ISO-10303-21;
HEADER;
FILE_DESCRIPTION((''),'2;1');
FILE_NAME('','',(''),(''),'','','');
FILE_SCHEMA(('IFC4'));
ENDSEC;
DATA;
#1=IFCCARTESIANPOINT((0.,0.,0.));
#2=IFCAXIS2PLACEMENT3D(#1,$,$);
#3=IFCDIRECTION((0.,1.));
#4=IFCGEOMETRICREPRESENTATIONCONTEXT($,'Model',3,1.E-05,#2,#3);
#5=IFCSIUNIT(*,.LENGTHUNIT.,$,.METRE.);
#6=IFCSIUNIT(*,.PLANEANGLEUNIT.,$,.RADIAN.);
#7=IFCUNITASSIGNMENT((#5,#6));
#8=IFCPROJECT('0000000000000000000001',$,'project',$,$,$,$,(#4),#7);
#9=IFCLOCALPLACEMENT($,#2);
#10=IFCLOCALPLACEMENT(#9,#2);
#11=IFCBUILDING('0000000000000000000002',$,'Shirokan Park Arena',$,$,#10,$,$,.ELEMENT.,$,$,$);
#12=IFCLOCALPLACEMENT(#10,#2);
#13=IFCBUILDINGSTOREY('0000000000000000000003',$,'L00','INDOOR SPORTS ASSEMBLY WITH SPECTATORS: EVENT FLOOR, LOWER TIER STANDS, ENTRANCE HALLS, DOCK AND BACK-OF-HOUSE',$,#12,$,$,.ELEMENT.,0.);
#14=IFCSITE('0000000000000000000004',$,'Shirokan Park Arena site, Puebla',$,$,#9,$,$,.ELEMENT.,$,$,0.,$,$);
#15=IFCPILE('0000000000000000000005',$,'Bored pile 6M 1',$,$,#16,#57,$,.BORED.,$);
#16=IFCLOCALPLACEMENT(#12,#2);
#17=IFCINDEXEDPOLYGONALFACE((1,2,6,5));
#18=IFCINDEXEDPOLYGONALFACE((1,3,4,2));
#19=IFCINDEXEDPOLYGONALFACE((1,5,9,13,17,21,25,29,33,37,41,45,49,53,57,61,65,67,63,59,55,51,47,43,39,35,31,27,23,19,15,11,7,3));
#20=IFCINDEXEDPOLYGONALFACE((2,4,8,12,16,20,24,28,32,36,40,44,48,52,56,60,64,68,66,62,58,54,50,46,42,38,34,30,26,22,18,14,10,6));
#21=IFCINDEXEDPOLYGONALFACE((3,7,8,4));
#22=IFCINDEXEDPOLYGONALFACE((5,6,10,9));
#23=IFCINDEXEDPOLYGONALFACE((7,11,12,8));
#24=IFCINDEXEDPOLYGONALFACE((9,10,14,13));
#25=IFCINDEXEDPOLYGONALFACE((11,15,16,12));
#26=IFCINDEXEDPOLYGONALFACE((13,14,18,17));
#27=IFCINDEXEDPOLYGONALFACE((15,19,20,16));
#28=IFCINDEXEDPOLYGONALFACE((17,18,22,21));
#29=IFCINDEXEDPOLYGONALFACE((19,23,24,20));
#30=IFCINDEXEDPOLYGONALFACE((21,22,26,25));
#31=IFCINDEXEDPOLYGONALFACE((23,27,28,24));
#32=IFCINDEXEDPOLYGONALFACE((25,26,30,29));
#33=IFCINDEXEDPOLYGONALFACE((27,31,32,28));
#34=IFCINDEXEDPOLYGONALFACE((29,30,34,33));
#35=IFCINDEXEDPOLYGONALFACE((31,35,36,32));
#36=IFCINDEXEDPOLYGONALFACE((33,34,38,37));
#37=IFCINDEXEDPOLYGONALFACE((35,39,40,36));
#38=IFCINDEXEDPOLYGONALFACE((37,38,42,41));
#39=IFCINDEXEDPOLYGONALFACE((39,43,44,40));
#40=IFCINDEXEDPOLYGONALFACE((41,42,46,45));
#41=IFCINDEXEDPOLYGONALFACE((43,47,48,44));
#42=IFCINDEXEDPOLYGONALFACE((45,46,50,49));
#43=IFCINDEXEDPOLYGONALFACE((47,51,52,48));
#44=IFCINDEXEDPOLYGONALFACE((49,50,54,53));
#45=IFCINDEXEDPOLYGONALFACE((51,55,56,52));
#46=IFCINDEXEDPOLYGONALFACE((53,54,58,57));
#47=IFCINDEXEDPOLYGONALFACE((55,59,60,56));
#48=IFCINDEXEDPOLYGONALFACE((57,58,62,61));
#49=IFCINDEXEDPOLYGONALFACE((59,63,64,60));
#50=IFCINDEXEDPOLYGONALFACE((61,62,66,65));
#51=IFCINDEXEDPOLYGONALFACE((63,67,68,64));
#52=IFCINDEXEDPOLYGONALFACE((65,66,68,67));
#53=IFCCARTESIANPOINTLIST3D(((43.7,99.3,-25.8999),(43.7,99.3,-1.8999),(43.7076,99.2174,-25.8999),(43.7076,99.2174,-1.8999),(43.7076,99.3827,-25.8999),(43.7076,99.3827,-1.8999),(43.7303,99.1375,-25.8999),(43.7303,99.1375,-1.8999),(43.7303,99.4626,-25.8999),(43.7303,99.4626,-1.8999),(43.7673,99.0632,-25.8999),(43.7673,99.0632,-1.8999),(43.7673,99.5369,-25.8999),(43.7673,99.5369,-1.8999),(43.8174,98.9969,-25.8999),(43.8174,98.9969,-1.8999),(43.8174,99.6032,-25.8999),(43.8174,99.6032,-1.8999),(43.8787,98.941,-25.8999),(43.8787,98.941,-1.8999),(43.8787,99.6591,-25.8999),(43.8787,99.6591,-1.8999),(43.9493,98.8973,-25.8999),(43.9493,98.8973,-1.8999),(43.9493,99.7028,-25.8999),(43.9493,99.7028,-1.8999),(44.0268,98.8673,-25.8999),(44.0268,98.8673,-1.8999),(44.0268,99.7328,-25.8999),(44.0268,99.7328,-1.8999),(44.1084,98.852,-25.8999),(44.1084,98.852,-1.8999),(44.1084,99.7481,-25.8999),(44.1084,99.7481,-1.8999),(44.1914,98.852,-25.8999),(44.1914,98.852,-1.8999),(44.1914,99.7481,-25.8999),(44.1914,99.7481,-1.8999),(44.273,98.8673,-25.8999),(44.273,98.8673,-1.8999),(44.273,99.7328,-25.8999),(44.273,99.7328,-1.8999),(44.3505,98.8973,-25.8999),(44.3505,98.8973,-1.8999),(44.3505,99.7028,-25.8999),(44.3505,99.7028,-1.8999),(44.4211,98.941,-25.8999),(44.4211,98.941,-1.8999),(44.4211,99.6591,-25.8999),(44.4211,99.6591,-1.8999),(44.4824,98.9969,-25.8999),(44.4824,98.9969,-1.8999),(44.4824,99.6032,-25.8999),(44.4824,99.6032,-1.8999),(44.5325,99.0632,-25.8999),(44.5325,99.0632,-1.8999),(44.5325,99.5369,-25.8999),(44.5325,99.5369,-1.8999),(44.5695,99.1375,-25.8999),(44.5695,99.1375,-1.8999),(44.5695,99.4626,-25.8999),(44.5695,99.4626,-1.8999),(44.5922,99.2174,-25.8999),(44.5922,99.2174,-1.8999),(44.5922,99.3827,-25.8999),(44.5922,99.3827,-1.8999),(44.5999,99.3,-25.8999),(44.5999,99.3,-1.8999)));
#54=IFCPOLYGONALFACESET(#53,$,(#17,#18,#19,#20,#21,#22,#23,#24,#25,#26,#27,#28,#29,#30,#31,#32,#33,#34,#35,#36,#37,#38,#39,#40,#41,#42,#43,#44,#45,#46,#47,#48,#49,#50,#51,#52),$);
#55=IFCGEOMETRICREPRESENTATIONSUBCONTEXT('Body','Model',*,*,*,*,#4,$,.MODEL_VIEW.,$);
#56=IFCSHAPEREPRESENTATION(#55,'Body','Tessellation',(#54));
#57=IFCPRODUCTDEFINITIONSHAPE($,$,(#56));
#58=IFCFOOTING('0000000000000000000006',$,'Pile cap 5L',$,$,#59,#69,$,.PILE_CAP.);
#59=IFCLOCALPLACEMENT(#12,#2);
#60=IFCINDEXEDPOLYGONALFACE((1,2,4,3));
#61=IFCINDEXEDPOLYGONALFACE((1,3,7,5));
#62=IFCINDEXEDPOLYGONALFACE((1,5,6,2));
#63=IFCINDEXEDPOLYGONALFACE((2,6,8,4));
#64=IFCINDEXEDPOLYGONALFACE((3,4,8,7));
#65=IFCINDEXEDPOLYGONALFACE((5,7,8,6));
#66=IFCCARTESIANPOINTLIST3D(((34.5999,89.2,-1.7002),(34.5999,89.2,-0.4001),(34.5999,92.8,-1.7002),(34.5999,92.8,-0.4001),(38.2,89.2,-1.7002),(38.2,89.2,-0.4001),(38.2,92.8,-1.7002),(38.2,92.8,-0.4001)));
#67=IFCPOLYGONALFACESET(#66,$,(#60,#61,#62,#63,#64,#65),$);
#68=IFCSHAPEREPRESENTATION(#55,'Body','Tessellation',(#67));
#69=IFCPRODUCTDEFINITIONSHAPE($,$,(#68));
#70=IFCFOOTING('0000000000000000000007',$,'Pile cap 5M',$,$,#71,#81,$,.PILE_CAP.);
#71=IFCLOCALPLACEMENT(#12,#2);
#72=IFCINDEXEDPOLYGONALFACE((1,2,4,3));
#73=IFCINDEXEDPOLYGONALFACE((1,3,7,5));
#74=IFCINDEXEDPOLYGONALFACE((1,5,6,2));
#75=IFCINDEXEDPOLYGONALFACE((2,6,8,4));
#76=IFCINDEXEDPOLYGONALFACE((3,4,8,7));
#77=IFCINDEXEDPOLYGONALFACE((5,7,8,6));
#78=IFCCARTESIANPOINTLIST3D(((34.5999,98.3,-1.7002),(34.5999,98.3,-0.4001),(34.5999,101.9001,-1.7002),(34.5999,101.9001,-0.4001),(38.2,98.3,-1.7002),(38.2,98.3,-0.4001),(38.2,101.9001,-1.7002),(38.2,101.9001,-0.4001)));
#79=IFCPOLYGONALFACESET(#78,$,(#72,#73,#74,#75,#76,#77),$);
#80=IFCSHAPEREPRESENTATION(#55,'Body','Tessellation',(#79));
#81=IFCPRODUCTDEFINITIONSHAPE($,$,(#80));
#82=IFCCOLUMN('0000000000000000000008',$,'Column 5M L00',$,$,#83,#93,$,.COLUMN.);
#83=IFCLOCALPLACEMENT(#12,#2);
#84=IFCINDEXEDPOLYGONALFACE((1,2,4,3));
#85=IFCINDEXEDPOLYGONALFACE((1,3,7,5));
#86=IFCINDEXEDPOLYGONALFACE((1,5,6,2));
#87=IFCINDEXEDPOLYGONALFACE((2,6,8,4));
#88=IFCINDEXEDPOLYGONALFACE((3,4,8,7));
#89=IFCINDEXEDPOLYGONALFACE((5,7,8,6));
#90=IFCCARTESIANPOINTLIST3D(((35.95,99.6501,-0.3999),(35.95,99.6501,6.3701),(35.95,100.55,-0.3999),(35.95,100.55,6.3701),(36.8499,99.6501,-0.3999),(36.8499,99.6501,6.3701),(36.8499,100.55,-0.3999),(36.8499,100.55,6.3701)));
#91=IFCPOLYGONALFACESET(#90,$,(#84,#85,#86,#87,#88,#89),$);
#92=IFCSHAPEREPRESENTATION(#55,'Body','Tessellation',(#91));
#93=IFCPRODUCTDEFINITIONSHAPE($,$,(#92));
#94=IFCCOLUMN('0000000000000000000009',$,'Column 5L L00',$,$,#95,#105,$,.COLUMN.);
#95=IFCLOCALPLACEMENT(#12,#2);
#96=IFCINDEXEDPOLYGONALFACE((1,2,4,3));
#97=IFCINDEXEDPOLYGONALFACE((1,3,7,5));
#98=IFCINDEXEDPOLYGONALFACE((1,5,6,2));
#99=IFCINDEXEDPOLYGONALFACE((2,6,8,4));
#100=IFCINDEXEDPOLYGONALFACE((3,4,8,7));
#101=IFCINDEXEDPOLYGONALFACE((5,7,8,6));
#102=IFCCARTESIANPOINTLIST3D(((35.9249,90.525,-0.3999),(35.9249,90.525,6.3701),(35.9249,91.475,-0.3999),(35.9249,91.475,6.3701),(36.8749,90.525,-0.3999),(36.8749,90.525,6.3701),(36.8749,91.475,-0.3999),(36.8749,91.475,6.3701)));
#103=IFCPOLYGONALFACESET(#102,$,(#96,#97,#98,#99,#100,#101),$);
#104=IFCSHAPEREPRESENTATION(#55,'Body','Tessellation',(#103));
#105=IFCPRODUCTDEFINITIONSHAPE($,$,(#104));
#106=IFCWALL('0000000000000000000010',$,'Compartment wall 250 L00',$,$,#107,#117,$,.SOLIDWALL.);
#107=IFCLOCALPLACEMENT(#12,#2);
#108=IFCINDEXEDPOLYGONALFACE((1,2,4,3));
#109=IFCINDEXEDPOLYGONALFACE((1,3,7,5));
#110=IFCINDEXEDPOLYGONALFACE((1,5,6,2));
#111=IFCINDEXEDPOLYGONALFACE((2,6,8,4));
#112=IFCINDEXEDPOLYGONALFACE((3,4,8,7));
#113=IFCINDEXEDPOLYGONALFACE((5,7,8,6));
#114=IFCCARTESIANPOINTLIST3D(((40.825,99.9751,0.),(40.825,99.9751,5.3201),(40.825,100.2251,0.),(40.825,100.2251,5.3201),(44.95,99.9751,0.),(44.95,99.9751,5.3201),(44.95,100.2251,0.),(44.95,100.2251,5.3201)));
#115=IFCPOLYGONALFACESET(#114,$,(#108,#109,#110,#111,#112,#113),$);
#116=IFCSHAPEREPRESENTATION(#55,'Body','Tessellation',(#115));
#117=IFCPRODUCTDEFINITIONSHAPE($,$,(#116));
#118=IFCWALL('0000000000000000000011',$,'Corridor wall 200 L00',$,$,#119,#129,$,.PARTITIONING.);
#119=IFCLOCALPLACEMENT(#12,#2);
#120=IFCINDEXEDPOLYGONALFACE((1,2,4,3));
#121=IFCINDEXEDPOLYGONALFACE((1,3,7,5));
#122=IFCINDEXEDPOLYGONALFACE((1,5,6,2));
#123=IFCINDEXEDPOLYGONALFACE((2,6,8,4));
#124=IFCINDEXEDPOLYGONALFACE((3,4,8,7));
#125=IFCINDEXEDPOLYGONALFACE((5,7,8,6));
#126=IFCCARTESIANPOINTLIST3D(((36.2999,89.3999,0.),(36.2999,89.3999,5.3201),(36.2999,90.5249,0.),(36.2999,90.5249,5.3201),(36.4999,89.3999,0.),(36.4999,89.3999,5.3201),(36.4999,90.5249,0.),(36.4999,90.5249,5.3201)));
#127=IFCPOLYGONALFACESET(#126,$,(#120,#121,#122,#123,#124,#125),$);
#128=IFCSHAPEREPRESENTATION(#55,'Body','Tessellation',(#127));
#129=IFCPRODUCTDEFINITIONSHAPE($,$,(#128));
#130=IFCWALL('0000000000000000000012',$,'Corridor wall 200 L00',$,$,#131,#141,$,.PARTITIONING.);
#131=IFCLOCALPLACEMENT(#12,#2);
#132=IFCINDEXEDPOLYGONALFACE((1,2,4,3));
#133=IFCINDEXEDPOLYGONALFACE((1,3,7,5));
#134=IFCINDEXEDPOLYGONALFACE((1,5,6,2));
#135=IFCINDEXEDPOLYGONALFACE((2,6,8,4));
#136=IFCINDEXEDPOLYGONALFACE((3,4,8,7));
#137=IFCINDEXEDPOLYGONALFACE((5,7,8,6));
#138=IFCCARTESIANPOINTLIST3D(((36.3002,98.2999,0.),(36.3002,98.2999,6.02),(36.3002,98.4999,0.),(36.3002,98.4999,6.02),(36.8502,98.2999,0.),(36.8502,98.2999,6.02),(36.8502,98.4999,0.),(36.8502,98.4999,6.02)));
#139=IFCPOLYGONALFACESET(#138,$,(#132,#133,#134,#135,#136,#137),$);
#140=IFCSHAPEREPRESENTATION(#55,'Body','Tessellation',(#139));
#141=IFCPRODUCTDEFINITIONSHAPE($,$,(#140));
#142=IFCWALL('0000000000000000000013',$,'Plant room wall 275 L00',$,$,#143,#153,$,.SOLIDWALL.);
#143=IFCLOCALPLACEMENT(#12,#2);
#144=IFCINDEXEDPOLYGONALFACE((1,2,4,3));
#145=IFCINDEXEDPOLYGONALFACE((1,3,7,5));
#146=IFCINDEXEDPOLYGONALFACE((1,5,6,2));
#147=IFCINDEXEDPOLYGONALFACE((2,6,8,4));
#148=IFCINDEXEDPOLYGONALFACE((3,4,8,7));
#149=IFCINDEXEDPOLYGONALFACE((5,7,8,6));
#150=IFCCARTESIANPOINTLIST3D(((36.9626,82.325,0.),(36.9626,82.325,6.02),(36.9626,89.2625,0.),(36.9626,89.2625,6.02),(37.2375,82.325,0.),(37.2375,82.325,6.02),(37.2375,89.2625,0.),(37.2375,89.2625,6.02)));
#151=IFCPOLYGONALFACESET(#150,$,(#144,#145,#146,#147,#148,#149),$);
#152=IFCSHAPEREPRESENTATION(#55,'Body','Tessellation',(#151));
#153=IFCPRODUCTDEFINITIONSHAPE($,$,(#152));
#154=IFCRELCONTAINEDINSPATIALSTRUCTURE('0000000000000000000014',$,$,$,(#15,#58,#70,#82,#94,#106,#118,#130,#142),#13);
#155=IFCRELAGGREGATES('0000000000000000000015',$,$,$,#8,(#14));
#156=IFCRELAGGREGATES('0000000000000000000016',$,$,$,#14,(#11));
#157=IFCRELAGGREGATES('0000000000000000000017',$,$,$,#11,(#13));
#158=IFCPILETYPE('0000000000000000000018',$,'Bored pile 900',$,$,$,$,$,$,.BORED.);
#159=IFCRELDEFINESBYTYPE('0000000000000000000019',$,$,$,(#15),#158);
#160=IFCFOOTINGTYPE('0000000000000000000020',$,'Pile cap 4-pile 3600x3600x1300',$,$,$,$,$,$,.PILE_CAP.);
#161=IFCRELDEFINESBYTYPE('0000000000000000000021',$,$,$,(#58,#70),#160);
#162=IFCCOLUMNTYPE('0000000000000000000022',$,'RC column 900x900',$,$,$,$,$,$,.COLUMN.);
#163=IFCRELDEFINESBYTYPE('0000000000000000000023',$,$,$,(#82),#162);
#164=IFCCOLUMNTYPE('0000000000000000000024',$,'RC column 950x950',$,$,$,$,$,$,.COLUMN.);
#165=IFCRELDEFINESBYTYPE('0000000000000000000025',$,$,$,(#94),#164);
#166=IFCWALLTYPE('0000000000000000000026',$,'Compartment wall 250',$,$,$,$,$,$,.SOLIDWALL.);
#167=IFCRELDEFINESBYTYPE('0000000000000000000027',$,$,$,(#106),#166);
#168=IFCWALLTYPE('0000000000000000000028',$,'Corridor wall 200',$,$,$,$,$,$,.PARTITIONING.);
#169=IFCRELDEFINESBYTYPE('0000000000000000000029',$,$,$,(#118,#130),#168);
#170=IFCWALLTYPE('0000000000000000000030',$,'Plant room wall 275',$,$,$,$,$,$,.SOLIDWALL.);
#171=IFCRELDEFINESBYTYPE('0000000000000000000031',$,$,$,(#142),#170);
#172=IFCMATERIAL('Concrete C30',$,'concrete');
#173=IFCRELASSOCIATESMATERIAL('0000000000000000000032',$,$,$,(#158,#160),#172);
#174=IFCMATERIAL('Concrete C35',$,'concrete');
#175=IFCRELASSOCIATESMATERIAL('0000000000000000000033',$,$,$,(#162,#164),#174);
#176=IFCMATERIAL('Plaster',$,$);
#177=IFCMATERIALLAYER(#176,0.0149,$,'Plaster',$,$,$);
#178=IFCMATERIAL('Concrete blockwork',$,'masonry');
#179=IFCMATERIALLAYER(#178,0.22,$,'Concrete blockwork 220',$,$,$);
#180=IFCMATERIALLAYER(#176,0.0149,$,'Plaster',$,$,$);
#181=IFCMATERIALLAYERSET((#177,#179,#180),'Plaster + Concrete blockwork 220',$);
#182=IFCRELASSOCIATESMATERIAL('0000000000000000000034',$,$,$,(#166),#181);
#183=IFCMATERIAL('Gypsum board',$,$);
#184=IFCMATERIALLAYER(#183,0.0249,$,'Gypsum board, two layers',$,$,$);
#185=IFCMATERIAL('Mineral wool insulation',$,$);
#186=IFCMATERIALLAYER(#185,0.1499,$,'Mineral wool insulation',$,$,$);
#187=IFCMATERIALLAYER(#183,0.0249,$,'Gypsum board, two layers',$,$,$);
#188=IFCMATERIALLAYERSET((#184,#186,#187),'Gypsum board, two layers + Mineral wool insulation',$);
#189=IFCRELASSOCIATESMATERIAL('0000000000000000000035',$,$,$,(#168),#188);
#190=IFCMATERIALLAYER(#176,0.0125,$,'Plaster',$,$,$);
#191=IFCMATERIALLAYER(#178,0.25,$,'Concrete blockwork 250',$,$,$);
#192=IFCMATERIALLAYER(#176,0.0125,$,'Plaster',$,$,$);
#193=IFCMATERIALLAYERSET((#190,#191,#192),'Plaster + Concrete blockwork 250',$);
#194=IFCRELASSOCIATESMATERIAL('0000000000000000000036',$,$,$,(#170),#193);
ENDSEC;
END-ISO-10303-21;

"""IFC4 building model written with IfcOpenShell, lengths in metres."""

from ifc_helpers import new_model, si_unit, direction, frame, frame_2d, origin, origin_2d, place, context, subcontext, project, spatial, rectangle, circle, extrude, material, layer, layer_set, material_profile, profile_set, type_object, element, save


model = new_model("IFC4")

# Units and contexts
model_context = context("Model", 3, precision=1e-05, world=origin(), true_north=direction((0.0, 1.0)))
body_context = subcontext(model_context, "Body", "Model", "MODEL_VIEW")
ifc_project = project(units=[si_unit("LENGTHUNIT", "METRE"), si_unit("PLANEANGLEUNIT", "RADIAN")], contexts=[model_context])

# Site, building, storey
site_placement = place(None, origin())
site = spatial("IfcSite", under=ifc_project, at=site_placement, Name="Shirokan Park Arena site, Puebla", CompositionType="ELEMENT", RefElevation=0.0)
building_placement = place(site_placement, origin())
building = spatial("IfcBuilding", under=site, at=building_placement, Name="Shirokan Park Arena", CompositionType="ELEMENT")
storey_placement = place(building_placement, origin())
storey = spatial("IfcBuildingStorey", under=building, at=storey_placement, Name="L00", Description="INDOOR SPORTS ASSEMBLY WITH SPECTATORS: EVENT FLOOR, LOWER TIER STANDS, ENTRANCE HALLS, DOCK AND BACK-OF-HOUSE", CompositionType="ELEMENT", Elevation=0.0)

# Pile
ifc_material_1 = material(Name="Concrete C30", Category="concrete")
ifc_material_profile_1 = material_profile(ifc_material_1, circle(Radius=0.45, at=origin_2d()), Name="D900")
ifc_profile_set_1 = profile_set([ifc_material_profile_1], Name="Concrete C30")
pile_type_1 = type_object("IfcPileType", Name="Bored pile 900", PredefinedType="BORED", material=ifc_profile_set_1)
pile_placement = place(storey_placement, frame((44.1499, 99.3, -1.8999), z_axis=(0.0, 0.0, -1.0), x_axis=(1.0, 0.0, 0.0)))
element("IfcPile", 1, at=pile_placement, inside=storey, type_object=pile_type_1, Name="Bored pile 6M 1", PredefinedType="BORED", context=body_context, shape_type="SweptSolid", body=[
    extrude(circle(Radius=0.45, at=origin_2d()), origin(), (0.0, 0.0, 1.0), 24.0),
])

# Footings
footing_type = type_object("IfcFootingType", Name="Pile cap 4-pile 3600x3600x1300", PredefinedType="PILE_CAP", material=ifc_material_1)
for number, where, z_axis, x_axis, name in (
    (2, (36.3999, 91.0, -1.7002), (0.0, 0.0, 1.0), (1.0, 0.0, 0.0), "Pile cap 5L"),
    (3, (36.3999, 100.1001, -1.7002), (0.0, 0.0, 1.0), (1.0, 0.0, 0.0), "Pile cap 5M"),
):
    element("IfcFooting", number, at=place(storey_placement, frame(where, z_axis=z_axis, x_axis=x_axis)), inside=storey, type_object=footing_type, Name=name, PredefinedType="PILE_CAP", context=body_context, shape_type="SweptSolid", body=[
        extrude(rectangle(XDim=3.6001, YDim=3.6001, at=origin_2d()), origin(), (0.0, 0.0, 1.0), 1.3),
    ])

# Columns
ifc_material_2 = material(Name="Concrete C35", Category="concrete")
ifc_material_profile_2 = material_profile(ifc_material_2, rectangle(XDim=0.8999, YDim=0.8999, at=origin_2d()), Name="900x900")
ifc_profile_set_2 = profile_set([ifc_material_profile_2], Name="Concrete C35")
column_type_1 = type_object("IfcColumnType", Name="RC column 900x900", PredefinedType="COLUMN", material=ifc_profile_set_2)
column_1_placement = place(storey_placement, frame((36.3999, 100.1001, -0.3999), z_axis=(0.0, 0.0, 1.0), x_axis=(1.0, 0.0, 0.0)))
element("IfcColumn", 4, at=column_1_placement, inside=storey, type_object=column_type_1, Name="Column 5M L00", PredefinedType="COLUMN", context=body_context, shape_type="SweptSolid", body=[
    extrude(rectangle(XDim=0.8999, YDim=0.8999, at=origin_2d()), origin(), (0.0, 0.0, 1.0), 6.77),
])
ifc_material_profile_3 = material_profile(ifc_material_2, rectangle(XDim=0.95, YDim=0.95, at=origin_2d()), Name="950x950")
ifc_profile_set_3 = profile_set([ifc_material_profile_3], Name="Concrete C35")
column_type_2 = type_object("IfcColumnType", Name="RC column 950x950", PredefinedType="COLUMN", material=ifc_profile_set_3)
column_2_placement = place(storey_placement, frame((36.3999, 91.0, -0.3999), z_axis=(0.0, 0.0, 1.0), x_axis=(1.0, 0.0, 0.0)))
element("IfcColumn", 5, at=column_2_placement, inside=storey, type_object=column_type_2, Name="Column 5L L00", PredefinedType="COLUMN", context=body_context, shape_type="SweptSolid", body=[
    extrude(rectangle(XDim=0.95, YDim=0.95, at=origin_2d()), origin(), (0.0, 0.0, 1.0), 6.77),
])

# Wall
ifc_material_3 = material(Name="Plaster")
ifc_layer_1 = layer(ifc_material_3, 0.0149, Name="Plaster")
ifc_material_4 = material(Name="Concrete blockwork", Category="masonry")
ifc_layer_2 = layer(ifc_material_4, 0.22, Name="Concrete blockwork 220")
ifc_layer_3 = layer(ifc_material_3, 0.0149, Name="Plaster")
ifc_layer_set_1 = layer_set([ifc_layer_1, ifc_layer_2, ifc_layer_3], Name="Plaster + Concrete blockwork 220")
wall_type_1 = type_object("IfcWallType", Name="Compartment wall 250", PredefinedType="SOLIDWALL", material=ifc_layer_set_1)
wall_1_placement = place(storey_placement, frame((40.825, 100.1001, 0.0), z_axis=(0.0, 0.0, 1.0), x_axis=(1.0, 0.0, 0.0)))
element("IfcWall", 6, at=wall_1_placement, inside=storey, type_object=wall_type_1, Name="Compartment wall 250 L00", PredefinedType="SOLIDWALL", context=body_context, shape_type="SweptSolid", body=[
    extrude(rectangle(XDim=4.125, YDim=0.25, at=frame_2d((2.0625, 0.0))), origin(), (0.0, 0.0, 1.0), 5.3201),
])

# Shared definitions
ifc_material_5 = material(Name="Gypsum board")
ifc_layer_4 = layer(ifc_material_5, 0.0249, Name="Gypsum board, two layers")
ifc_material_6 = material(Name="Mineral wool insulation")
ifc_layer_5 = layer(ifc_material_6, 0.1499, Name="Mineral wool insulation")
ifc_layer_6 = layer(ifc_material_5, 0.0249, Name="Gypsum board, two layers")
ifc_layer_set_2 = layer_set([ifc_layer_4, ifc_layer_5, ifc_layer_6], Name="Gypsum board, two layers + Mineral wool insulation")
wall_type_2 = type_object("IfcWallType", Name="Corridor wall 200", PredefinedType="PARTITIONING", material=ifc_layer_set_2)

# Wall
wall_2_placement = place(storey_placement, frame((36.3999, 90.5249, 0.0), z_axis=(0.0, 0.0, 1.0), x_axis=(0.0, -1.0, 0.0)))
element("IfcWall", 7, at=wall_2_placement, inside=storey, type_object=wall_type_2, Name="Corridor wall 200 L00", PredefinedType="PARTITIONING", context=body_context, shape_type="SweptSolid", body=[
    extrude(rectangle(XDim=1.125, YDim=0.2, at=frame_2d((0.5625, 0.0))), origin(), (0.0, 0.0, 1.0), 5.3201),
])

# Wall
wall_3_placement = place(storey_placement, frame((36.8501, 98.3999, 0.0), z_axis=(0.0, 0.0, 1.0), x_axis=(-1.0, 0.0, 0.0)))
element("IfcWall", 8, at=wall_3_placement, inside=storey, type_object=wall_type_2, Name="Corridor wall 200 L00", PredefinedType="PARTITIONING", context=body_context, shape_type="SweptSolid", body=[
    extrude(rectangle(XDim=0.55, YDim=0.2, at=frame_2d((0.2749, 0.0))), origin(), (0.0, 0.0, 1.0), 6.02),
])

# Wall
ifc_layer_7 = layer(ifc_material_3, 0.0125, Name="Plaster")
ifc_layer_8 = layer(ifc_material_4, 0.25, Name="Concrete blockwork 250")
ifc_layer_9 = layer(ifc_material_3, 0.0125, Name="Plaster")
ifc_layer_set_3 = layer_set([ifc_layer_7, ifc_layer_8, ifc_layer_9], Name="Plaster + Concrete blockwork 250")
wall_type_3 = type_object("IfcWallType", Name="Plant room wall 275", PredefinedType="SOLIDWALL", material=ifc_layer_set_3)
wall_4_placement = place(storey_placement, frame((37.1001, 89.2625, 0.0), z_axis=(0.0, 0.0, 1.0), x_axis=(0.0, -1.0, 0.0)))
element("IfcWall", 9, at=wall_4_placement, inside=storey, type_object=wall_type_3, Name="Plant room wall 275 L00", PredefinedType="SOLIDWALL", context=body_context, shape_type="SweptSolid", body=[
    extrude(rectangle(XDim=6.9375, YDim=0.2749, at=frame_2d((3.4688, 0.0))), origin(), (0.0, 0.0, 1.0), 6.02),
])

save(model, "model.ifc")
